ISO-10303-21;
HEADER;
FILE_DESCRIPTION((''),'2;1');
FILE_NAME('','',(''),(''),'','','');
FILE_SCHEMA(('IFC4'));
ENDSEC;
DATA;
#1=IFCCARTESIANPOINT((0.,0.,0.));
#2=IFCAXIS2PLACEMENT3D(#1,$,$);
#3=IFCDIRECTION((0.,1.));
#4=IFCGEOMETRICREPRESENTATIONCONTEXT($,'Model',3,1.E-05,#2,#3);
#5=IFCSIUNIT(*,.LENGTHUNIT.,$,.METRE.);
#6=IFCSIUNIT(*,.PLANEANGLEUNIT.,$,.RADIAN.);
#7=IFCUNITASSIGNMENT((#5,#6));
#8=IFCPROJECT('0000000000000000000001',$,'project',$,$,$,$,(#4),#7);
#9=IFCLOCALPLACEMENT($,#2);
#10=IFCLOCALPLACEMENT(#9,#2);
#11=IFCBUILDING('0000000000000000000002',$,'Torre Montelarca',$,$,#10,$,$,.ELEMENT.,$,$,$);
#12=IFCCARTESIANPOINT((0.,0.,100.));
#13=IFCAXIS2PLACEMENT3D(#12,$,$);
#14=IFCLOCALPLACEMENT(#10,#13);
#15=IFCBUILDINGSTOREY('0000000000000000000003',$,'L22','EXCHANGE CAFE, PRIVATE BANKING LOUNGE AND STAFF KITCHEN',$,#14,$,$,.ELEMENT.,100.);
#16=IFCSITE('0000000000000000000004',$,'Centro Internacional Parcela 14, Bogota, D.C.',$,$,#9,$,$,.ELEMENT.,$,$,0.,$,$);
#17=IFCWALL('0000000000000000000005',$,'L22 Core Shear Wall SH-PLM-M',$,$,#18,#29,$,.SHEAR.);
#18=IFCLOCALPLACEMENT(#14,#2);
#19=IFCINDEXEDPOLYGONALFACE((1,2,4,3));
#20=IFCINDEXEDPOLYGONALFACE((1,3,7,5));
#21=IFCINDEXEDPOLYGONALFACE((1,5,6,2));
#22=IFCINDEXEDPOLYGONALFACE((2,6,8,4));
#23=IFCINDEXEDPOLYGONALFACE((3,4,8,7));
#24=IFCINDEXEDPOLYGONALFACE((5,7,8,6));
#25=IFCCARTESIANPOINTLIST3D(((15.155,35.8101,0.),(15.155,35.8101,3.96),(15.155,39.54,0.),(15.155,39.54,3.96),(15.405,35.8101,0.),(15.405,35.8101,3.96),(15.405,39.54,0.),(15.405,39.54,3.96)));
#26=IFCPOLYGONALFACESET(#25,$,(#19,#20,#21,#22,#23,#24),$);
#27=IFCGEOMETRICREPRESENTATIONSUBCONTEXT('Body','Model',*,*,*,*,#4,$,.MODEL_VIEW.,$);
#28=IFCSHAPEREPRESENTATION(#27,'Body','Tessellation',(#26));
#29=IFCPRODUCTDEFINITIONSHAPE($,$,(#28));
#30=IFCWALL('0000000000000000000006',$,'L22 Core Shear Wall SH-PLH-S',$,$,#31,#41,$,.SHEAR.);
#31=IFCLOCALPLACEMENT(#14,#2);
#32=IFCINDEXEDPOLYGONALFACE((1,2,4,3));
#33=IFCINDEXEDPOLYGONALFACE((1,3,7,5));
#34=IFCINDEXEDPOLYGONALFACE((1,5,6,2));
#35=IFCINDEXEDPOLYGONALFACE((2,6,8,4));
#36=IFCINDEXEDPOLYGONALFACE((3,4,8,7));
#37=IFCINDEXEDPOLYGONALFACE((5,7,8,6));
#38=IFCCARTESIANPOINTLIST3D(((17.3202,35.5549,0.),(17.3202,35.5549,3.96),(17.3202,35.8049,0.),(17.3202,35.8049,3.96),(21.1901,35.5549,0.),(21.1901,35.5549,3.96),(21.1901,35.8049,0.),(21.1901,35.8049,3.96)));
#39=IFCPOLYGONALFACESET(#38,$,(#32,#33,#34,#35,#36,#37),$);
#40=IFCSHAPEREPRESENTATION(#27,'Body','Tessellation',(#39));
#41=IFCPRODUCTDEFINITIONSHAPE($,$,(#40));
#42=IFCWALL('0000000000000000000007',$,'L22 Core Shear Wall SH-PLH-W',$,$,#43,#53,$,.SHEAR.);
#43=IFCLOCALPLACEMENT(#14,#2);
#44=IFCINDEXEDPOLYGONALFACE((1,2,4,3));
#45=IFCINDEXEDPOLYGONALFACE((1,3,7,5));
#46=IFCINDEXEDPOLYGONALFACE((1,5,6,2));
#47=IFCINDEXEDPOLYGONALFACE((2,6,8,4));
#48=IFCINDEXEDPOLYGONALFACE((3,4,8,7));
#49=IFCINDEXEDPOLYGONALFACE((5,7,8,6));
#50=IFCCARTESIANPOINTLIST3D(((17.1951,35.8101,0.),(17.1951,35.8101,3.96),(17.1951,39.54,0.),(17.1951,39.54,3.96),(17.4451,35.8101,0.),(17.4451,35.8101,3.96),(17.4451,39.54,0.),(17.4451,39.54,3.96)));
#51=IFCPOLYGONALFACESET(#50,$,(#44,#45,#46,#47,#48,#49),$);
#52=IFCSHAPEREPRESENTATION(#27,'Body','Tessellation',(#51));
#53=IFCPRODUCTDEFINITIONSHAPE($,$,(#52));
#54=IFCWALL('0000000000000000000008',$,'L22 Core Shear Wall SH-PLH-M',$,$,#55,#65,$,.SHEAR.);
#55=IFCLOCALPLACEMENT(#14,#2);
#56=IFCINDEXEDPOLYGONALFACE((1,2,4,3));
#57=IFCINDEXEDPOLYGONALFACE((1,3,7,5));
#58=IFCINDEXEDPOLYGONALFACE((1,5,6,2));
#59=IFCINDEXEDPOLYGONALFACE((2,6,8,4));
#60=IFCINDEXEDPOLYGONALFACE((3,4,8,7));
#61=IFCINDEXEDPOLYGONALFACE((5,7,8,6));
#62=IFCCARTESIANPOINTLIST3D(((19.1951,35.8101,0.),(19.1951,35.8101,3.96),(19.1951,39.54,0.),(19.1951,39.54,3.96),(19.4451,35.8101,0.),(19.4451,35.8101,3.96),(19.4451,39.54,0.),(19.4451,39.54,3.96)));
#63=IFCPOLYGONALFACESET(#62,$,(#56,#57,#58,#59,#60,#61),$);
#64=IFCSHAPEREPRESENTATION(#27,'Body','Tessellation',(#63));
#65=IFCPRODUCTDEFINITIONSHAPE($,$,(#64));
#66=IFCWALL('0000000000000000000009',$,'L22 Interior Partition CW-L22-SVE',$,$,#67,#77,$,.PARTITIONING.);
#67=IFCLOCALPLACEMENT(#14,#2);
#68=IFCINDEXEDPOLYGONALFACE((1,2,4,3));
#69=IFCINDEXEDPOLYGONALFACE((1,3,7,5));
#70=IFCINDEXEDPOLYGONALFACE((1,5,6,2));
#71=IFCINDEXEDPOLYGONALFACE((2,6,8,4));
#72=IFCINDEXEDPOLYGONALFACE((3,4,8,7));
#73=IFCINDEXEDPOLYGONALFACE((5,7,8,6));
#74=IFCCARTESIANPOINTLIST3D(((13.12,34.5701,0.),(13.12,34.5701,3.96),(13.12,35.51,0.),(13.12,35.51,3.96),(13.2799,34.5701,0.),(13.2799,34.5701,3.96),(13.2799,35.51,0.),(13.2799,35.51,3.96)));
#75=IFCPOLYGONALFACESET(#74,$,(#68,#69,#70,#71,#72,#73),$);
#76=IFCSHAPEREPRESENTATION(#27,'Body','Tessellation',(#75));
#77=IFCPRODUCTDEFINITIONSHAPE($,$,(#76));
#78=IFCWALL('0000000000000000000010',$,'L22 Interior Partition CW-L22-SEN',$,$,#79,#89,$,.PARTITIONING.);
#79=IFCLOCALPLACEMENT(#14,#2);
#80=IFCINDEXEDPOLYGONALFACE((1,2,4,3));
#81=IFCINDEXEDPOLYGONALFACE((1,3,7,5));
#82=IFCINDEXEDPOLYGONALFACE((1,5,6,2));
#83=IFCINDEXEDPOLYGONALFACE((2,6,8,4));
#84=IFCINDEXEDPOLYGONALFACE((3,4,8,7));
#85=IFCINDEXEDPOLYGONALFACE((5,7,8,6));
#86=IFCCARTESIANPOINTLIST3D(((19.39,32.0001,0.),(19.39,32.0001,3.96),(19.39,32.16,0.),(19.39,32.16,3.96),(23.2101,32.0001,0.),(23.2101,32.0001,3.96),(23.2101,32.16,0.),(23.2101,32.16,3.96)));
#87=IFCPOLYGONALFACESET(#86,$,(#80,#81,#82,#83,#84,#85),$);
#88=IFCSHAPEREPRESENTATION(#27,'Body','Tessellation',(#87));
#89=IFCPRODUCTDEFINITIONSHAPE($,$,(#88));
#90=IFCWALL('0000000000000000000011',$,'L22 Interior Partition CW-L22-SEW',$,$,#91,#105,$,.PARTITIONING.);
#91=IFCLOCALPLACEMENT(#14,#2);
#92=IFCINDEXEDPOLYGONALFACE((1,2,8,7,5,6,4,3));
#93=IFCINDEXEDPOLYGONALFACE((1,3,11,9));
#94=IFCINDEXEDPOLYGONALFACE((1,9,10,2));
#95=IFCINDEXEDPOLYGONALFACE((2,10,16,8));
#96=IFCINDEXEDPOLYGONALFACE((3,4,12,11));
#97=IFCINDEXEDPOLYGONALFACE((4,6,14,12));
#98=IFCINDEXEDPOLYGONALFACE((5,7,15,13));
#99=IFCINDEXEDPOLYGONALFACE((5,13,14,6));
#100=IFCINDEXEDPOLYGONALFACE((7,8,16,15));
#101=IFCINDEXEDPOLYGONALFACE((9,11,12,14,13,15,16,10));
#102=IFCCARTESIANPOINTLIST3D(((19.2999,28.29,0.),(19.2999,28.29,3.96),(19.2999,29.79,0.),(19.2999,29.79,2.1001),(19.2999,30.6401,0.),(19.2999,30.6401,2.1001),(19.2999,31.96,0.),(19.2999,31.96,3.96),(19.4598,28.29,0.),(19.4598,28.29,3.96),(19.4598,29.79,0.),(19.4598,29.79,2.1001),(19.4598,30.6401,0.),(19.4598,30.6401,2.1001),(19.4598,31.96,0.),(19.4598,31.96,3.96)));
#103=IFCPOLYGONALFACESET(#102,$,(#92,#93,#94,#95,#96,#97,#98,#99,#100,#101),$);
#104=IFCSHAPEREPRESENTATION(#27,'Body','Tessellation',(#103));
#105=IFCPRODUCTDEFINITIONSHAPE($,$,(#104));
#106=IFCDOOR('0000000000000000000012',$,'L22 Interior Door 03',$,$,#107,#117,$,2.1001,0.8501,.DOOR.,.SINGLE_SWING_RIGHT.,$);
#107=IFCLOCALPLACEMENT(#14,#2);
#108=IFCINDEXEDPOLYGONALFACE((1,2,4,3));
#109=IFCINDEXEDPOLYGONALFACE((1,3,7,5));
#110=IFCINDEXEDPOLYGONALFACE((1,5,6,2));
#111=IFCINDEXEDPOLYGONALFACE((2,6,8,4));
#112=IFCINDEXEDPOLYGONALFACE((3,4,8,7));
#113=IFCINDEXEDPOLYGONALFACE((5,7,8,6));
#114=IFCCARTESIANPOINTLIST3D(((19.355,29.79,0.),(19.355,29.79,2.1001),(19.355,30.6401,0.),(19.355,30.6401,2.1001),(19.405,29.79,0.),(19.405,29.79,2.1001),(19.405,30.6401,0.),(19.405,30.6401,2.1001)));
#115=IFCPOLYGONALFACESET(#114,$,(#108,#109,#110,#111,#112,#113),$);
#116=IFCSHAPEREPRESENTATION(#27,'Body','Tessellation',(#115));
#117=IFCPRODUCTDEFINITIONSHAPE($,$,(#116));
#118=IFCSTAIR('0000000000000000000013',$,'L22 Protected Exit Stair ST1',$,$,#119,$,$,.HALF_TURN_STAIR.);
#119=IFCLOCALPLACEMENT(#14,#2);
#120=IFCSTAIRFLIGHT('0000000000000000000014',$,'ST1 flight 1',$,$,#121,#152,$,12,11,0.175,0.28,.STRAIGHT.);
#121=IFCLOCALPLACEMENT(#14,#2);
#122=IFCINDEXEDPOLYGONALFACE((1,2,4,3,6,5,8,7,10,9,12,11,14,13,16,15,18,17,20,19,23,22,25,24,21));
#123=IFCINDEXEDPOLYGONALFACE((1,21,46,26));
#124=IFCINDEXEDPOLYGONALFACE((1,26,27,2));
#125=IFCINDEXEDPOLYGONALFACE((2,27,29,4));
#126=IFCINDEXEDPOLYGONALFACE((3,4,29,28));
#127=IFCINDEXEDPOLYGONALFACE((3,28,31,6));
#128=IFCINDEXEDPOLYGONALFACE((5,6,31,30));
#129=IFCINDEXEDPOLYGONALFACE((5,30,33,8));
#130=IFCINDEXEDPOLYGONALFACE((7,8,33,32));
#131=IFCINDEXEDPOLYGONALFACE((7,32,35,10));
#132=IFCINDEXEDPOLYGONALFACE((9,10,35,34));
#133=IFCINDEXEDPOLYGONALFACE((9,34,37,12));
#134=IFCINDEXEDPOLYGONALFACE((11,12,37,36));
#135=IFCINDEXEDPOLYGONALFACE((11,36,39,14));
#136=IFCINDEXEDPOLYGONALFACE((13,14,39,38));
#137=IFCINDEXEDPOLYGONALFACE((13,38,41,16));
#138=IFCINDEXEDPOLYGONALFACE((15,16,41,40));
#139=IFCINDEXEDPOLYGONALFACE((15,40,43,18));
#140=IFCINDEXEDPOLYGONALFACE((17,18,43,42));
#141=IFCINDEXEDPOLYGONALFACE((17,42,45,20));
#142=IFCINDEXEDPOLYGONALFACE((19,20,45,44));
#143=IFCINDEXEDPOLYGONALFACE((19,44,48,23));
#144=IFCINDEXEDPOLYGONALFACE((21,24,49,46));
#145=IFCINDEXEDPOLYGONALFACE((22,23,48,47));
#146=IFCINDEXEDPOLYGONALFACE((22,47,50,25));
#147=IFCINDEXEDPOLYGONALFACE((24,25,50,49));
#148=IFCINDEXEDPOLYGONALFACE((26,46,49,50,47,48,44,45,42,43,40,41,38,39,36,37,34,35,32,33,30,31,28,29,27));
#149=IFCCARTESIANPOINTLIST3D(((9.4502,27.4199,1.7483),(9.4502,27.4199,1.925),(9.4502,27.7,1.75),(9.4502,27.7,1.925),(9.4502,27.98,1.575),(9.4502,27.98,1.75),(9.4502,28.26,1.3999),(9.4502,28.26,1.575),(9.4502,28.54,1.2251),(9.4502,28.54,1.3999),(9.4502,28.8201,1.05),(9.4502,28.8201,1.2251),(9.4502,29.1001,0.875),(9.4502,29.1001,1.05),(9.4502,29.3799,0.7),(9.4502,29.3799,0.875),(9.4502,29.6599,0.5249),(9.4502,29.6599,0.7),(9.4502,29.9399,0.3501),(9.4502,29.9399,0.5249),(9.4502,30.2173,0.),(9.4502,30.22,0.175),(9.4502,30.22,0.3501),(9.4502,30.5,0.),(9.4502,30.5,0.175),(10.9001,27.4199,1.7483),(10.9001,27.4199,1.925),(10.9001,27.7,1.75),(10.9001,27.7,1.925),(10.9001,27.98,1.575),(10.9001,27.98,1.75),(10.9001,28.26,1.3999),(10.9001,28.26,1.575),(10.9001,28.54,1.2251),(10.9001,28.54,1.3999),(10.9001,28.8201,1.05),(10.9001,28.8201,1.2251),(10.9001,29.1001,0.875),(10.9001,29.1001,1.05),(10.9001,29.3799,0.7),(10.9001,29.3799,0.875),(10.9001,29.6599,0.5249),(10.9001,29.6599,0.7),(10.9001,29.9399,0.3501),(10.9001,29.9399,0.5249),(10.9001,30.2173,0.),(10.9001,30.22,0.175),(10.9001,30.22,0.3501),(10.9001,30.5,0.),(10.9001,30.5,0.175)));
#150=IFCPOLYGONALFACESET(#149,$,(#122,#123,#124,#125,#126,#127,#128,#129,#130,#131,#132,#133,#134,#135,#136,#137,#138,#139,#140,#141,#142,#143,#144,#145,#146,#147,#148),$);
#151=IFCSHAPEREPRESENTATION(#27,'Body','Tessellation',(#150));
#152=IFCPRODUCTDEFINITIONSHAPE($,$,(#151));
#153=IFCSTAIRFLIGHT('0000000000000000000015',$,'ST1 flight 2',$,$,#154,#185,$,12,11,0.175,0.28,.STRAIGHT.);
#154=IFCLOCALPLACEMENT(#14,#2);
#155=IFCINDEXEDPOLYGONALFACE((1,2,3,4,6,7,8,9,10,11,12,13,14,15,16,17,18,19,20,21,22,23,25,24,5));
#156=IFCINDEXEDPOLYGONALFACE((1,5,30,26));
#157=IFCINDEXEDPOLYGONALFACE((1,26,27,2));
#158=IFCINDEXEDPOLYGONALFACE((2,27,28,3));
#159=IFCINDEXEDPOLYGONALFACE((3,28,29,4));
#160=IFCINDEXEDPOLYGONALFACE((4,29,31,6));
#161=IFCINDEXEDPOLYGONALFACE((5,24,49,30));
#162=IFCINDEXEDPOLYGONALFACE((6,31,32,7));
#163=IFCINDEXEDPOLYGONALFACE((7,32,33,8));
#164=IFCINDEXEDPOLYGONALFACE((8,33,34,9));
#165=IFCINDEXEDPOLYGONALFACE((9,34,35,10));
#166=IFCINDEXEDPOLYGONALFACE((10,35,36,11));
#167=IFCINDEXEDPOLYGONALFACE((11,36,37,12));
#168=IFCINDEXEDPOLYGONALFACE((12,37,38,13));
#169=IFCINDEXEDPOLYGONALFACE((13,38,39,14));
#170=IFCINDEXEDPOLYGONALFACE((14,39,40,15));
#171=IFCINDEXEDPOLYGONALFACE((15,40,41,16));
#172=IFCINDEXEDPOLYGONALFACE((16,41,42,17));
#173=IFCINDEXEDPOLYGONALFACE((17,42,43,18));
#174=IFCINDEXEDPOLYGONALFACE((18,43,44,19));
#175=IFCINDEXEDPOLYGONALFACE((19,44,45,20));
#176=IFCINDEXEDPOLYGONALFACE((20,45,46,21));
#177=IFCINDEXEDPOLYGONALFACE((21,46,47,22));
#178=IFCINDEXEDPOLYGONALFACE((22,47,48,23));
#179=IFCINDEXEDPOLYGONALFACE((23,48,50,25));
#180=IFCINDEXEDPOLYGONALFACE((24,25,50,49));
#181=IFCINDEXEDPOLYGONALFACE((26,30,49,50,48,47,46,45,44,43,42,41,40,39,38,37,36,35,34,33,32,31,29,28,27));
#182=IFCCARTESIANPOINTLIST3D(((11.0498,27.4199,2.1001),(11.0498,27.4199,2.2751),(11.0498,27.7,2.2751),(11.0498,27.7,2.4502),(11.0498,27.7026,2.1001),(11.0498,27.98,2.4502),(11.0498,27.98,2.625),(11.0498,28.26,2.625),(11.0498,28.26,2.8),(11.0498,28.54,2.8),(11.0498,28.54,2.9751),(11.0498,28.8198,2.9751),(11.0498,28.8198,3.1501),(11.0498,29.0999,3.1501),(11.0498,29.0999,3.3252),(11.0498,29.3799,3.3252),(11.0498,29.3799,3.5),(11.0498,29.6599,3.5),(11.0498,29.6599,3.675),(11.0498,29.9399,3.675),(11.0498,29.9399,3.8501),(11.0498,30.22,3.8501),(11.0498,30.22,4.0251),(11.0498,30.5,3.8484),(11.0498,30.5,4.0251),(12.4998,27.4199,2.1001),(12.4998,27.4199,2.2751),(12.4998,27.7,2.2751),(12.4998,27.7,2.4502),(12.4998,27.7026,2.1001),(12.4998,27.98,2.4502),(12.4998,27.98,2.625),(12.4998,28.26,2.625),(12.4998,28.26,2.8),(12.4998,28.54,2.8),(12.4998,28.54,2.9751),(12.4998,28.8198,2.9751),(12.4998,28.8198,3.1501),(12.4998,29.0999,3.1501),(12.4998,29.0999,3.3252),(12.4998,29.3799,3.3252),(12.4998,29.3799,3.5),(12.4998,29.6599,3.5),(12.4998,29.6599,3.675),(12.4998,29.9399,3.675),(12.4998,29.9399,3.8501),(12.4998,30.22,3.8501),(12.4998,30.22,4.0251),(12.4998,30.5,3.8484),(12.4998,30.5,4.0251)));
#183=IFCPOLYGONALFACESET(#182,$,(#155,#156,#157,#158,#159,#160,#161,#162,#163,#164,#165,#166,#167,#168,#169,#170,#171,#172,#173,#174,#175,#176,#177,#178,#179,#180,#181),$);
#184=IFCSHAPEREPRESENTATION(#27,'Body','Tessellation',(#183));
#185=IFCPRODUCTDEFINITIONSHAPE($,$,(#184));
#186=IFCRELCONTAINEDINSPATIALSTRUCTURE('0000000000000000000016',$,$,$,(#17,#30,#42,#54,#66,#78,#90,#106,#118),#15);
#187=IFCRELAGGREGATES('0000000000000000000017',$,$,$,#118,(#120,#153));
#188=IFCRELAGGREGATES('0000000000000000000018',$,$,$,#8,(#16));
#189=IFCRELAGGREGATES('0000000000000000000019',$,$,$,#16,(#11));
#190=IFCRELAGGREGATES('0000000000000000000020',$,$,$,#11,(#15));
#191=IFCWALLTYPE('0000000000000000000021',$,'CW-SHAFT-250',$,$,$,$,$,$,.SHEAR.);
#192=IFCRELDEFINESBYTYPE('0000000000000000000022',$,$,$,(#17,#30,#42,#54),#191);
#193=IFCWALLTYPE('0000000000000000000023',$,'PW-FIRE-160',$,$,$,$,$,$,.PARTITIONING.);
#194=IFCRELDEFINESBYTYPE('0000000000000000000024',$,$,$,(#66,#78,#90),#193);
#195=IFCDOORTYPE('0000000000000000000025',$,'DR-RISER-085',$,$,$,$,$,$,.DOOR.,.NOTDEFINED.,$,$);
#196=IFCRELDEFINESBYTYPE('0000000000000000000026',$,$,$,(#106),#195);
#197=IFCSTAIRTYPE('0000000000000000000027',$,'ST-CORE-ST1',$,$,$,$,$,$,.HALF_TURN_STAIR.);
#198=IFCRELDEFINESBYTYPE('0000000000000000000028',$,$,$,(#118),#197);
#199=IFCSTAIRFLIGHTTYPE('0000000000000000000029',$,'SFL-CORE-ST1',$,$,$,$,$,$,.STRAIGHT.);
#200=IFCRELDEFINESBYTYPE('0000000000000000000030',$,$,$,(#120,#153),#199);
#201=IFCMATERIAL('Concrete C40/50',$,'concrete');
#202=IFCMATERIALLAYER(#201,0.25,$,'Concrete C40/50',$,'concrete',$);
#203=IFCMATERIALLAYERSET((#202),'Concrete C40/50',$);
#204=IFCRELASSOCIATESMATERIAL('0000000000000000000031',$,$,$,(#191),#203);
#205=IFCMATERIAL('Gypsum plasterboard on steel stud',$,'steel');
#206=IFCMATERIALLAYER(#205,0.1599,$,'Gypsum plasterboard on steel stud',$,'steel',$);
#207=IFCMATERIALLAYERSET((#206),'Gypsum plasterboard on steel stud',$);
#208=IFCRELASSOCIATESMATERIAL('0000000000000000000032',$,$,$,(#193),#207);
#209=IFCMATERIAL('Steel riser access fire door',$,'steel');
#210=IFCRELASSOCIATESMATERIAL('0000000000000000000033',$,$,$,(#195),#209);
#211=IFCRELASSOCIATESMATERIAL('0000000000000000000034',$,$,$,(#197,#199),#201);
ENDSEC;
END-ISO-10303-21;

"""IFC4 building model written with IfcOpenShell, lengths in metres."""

from ifc_helpers import new_model, si_unit, direction, frame, frame_2d, origin, place, context, subcontext, project, spatial, polyline, rectangle, outline, extrude, source, transform, mapped, material, layer, layer_set, type_object, element, fill, aggregate, save


model = new_model("IFC4")

# Units and contexts
model_context = context("Model", 3, precision=1e-05, world=origin(), true_north=direction((0.0, 1.0)))
body_context = subcontext(model_context, "Body", "Model", "MODEL_VIEW")
ifc_project = project(units=[si_unit("LENGTHUNIT", "METRE"), si_unit("PLANEANGLEUNIT", "RADIAN")], contexts=[model_context])

# Site, building, storey
site_placement = place(None, origin())
site = spatial("IfcSite", under=ifc_project, at=site_placement, Name="Centro Internacional Parcela 14, Bogota, D.C.", CompositionType="ELEMENT", RefElevation=0.0)
building_placement = place(site_placement, origin())
building = spatial("IfcBuilding", under=site, at=building_placement, Name="Torre Montelarca", CompositionType="ELEMENT")
storey_placement = place(building_placement, frame((0.0, 0.0, 100.0)))
storey = spatial("IfcBuildingStorey", under=building, at=storey_placement, Name="L22", Description="EXCHANGE CAFE, PRIVATE BANKING LOUNGE AND STAFF KITCHEN", CompositionType="ELEMENT", Elevation=100.0)

# Shared definitions
ifc_material_1 = material(Name="Concrete C40/50", Category="concrete")
ifc_layer_1 = layer(ifc_material_1, 0.25, Name="Concrete C40/50", Category="concrete")
ifc_layer_set_1 = layer_set([ifc_layer_1], Name="Concrete C40/50")
wall_type_1 = type_object("IfcWallType", Name="CW-SHAFT-250", PredefinedType="SHEAR", material=ifc_layer_set_1)

# Walls
for number, where, z_axis, x_axis, name in (
    (1, (15.28, 35.8101, 0.0), (0.0, 0.0, 1.0), (0.0, 1.0, 0.0), "L22 Core Shear Wall SH-PLM-M"),
):
    element("IfcWall", number, at=place(storey_placement, frame(where, z_axis=z_axis, x_axis=x_axis)), inside=storey, type_object=wall_type_1, Name=name, PredefinedType="SHEAR", context=body_context, shape_type="SweptSolid", body=[
        extrude(rectangle(XDim=3.73, YDim=0.25, at=frame_2d((1.865, 0.0))), origin(), (0.0, 0.0, 1.0), 3.96),
    ])
wall_1_placement = place(storey_placement, frame((17.3201, 35.6799, 0.0), z_axis=(0.0, 0.0, 1.0), x_axis=(1.0, 0.0, 0.0)))
element("IfcWall", 2, at=wall_1_placement, inside=storey, type_object=wall_type_1, Name="L22 Core Shear Wall SH-PLH-S", PredefinedType="SHEAR", context=body_context, shape_type="SweptSolid", body=[
    extrude(rectangle(XDim=3.8699, YDim=0.25, at=frame_2d((1.9351, 0.0))), origin(), (0.0, 0.0, 1.0), 3.96),
])
for number, where, z_axis, x_axis, name in (
    (3, (17.3201, 35.8101, 0.0), (0.0, 0.0, 1.0), (0.0, 1.0, 0.0), "L22 Core Shear Wall SH-PLH-W"),
    (4, (19.3201, 35.8101, 0.0), (0.0, 0.0, 1.0), (0.0, 1.0, 0.0), "L22 Core Shear Wall SH-PLH-M"),
):
    element("IfcWall", number, at=place(storey_placement, frame(where, z_axis=z_axis, x_axis=x_axis)), inside=storey, type_object=wall_type_1, Name=name, PredefinedType="SHEAR", context=body_context, shape_type="SweptSolid", body=[
        extrude(rectangle(XDim=3.73, YDim=0.25, at=frame_2d((1.865, 0.0))), origin(), (0.0, 0.0, 1.0), 3.96),
    ])
ifc_material_2 = material(Name="Gypsum plasterboard on steel stud", Category="steel")
ifc_layer_2 = layer(ifc_material_2, 0.1599, Name="Gypsum plasterboard on steel stud", Category="steel")
ifc_layer_set_2 = layer_set([ifc_layer_2], Name="Gypsum plasterboard on steel stud")
wall_type_2 = type_object("IfcWallType", Name="PW-FIRE-160", PredefinedType="PARTITIONING", material=ifc_layer_set_2)
wall_2_placement = place(storey_placement, frame((13.2, 34.5701, 0.0), z_axis=(0.0, 0.0, 1.0), x_axis=(0.0, 1.0, 0.0)))
element("IfcWall", 5, at=wall_2_placement, inside=storey, type_object=wall_type_2, Name="L22 Interior Partition CW-L22-SVE", PredefinedType="PARTITIONING", context=body_context, shape_type="SweptSolid", body=[
    extrude(rectangle(XDim=0.9399, YDim=0.1599, at=frame_2d((0.47, 0.0))), origin(), (0.0, 0.0, 1.0), 3.96),
])
wall_3_placement = place(storey_placement, frame((19.3899, 32.0801, 0.0), z_axis=(0.0, 0.0, 1.0), x_axis=(1.0, 0.0, 0.0)))
element("IfcWall", 6, at=wall_3_placement, inside=storey, type_object=wall_type_2, Name="L22 Interior Partition CW-L22-SEN", PredefinedType="PARTITIONING", context=body_context, shape_type="SweptSolid", body=[
    extrude(rectangle(XDim=3.8201, YDim=0.1599, at=frame_2d((1.9102, 0.0))), origin(), (0.0, 0.0, 1.0), 3.96),
])

# Wall, opening, door
wall_4_placement = place(storey_placement, frame((19.3799, 28.29, 0.0), z_axis=(0.0, 0.0, 1.0), x_axis=(0.0, 1.0, 0.0)))
wall_4 = element("IfcWall", 7, at=wall_4_placement, inside=storey, type_object=wall_type_2, Name="L22 Interior Partition CW-L22-SEW", PredefinedType="PARTITIONING", context=body_context, shape_type="SweptSolid", body=[
    extrude(rectangle(XDim=3.6699, YDim=0.1599, at=frame_2d((1.835, 0.0))), origin(), (0.0, 0.0, 1.0), 3.96),
])
opening_1_placement = place(wall_4_placement, frame((1.5, 0.0, 0.0)))
opening_1 = element("IfcOpeningElement", 8, at=opening_1_placement, cuts=wall_4, PredefinedType="OPENING", context=body_context, shape_type="SweptSolid", body=[
    extrude(rectangle(XDim=0.8501, YDim=2.1001, at=frame_2d((0.425, 1.05))), frame((0.0, 0.0898, 0.0), z_axis=(0.0, -1.0, 0.0), x_axis=(1.0, 0.0, 0.0)), (0.0, 0.0, 1.0), 0.1799),
])
ifc_material_3 = material(Name="Steel riser access fire door", Category="steel")
door_type_1 = type_object("IfcDoorType", Name="DR-RISER-085", OperationType="NOTDEFINED", PredefinedType="DOOR", material=ifc_material_3)
shared_shape_1 = source(origin(), body_context, "Body", "SweptSolid", [
    extrude(rectangle(XDim=0.8501, YDim=2.1001, at=frame_2d((0.425, 1.05))), frame((0.0, 0.0249, 0.0), z_axis=(0.0, -1.0, 0.0), x_axis=(1.0, 0.0, 0.0)), (0.0, 0.0, 1.0), 0.05),
])
door_1_placement = place(opening_1_placement, origin())
door_1 = element("IfcDoor", 9, at=door_1_placement, inside=storey, type_object=door_type_1, Name="L22 Interior Door 03", OperationType="SINGLE_SWING_RIGHT", OverallHeight=2.1001, OverallWidth=0.8501, PredefinedType="DOOR", context=body_context, shape_type="MappedRepresentation", body=[
    mapped(shared_shape_1, transform((0.0, 0.0, 0.0), scale=1.0)),
])
fill(opening_1, door_1)

# Stair, stair flights
stair_type = type_object("IfcStairType", Name="ST-CORE-ST1", PredefinedType="HALF_TURN_STAIR", material=ifc_material_1)
stair_placement = place(storey_placement, origin())
stair = element("IfcStair", 10, at=stair_placement, inside=storey, type_object=stair_type, Name="L22 Protected Exit Stair ST1", PredefinedType="HALF_TURN_STAIR")
stair_flight_type = type_object("IfcStairFlightType", Name="SFL-CORE-ST1", PredefinedType="STRAIGHT", material=ifc_material_1)
stair_flight_1_placement = place(storey_placement, frame((10.175, 30.5, 0.0), z_axis=(0.0, 0.0, 1.0), x_axis=(0.0, -1.0, 0.0)))
stair_flight_1 = element("IfcStairFlight", 11, at=stair_flight_1_placement, type_object=stair_flight_type, Name="ST1 flight 1", NumberOfRisers=12, NumberOfTreads=11, PredefinedType="STRAIGHT", RiserHeight=0.175, TreadLength=0.28, context=body_context, shape_type="SweptSolid", body=[
    extrude(outline(polyline([(0.0, 0.0), (0.0, 0.175), (0.28, 0.175), (0.28, 0.3501), (0.5601, 0.3501), (0.5601, 0.5249), (0.8401, 0.5249), (0.8401, 0.7), (1.1201, 0.7), (1.1201, 0.875), (1.3999, 0.875), (1.3999, 1.05), (1.6799, 1.05), (1.6799, 1.2251), (1.96, 1.2251), (1.96, 1.3999), (2.24, 1.3999), (2.24, 1.575), (2.52, 1.575), (2.52, 1.75), (2.8, 1.75), (2.8, 1.925), (3.0801, 1.925), (3.0801, 2.1001), (3.0801, 1.7483), (0.2827, 0.0), (0.0, 0.0)])), frame((0.0, 0.7251, 0.0), z_axis=(0.0, -1.0, 0.0), x_axis=(1.0, 0.0, 0.0)), (0.0, 0.0, 1.0), 1.45),
])
stair_flight_2_placement = place(storey_placement, frame((11.7749, 27.4199, 2.1001), z_axis=(0.0, 0.0, 1.0), x_axis=(0.0, 1.0, 0.0)))
stair_flight_2 = element("IfcStairFlight", 12, at=stair_flight_2_placement, type_object=stair_flight_type, Name="ST1 flight 2", NumberOfRisers=12, NumberOfTreads=11, PredefinedType="STRAIGHT", RiserHeight=0.175, TreadLength=0.28, context=body_context, shape_type="SweptSolid", body=[
    extrude(outline(polyline([(0.0, 0.0), (0.0, 0.175), (0.28, 0.175), (0.28, 0.3501), (0.5601, 0.3501), (0.5601, 0.5249), (0.8401, 0.5249), (0.8401, 0.7), (1.1201, 0.7), (1.1201, 0.875), (1.3999, 0.875), (1.3999, 1.05), (1.6799, 1.05), (1.6799, 1.2251), (1.96, 1.2251), (1.96, 1.3999), (2.24, 1.3999), (2.24, 1.575), (2.52, 1.575), (2.52, 1.75), (2.8, 1.75), (2.8, 1.925), (3.0801, 1.925), (3.0801, 2.1001), (3.0801, 1.7483), (0.2827, 0.0), (0.0, 0.0)])), frame((0.0, 0.7251, 0.0), z_axis=(0.0, -1.0, 0.0), x_axis=(1.0, 0.0, 0.0)), (0.0, 0.0, 1.0), 1.45),
])
aggregate(stair, [stair_flight_1, stair_flight_2])

save(model, "model.ifc")
